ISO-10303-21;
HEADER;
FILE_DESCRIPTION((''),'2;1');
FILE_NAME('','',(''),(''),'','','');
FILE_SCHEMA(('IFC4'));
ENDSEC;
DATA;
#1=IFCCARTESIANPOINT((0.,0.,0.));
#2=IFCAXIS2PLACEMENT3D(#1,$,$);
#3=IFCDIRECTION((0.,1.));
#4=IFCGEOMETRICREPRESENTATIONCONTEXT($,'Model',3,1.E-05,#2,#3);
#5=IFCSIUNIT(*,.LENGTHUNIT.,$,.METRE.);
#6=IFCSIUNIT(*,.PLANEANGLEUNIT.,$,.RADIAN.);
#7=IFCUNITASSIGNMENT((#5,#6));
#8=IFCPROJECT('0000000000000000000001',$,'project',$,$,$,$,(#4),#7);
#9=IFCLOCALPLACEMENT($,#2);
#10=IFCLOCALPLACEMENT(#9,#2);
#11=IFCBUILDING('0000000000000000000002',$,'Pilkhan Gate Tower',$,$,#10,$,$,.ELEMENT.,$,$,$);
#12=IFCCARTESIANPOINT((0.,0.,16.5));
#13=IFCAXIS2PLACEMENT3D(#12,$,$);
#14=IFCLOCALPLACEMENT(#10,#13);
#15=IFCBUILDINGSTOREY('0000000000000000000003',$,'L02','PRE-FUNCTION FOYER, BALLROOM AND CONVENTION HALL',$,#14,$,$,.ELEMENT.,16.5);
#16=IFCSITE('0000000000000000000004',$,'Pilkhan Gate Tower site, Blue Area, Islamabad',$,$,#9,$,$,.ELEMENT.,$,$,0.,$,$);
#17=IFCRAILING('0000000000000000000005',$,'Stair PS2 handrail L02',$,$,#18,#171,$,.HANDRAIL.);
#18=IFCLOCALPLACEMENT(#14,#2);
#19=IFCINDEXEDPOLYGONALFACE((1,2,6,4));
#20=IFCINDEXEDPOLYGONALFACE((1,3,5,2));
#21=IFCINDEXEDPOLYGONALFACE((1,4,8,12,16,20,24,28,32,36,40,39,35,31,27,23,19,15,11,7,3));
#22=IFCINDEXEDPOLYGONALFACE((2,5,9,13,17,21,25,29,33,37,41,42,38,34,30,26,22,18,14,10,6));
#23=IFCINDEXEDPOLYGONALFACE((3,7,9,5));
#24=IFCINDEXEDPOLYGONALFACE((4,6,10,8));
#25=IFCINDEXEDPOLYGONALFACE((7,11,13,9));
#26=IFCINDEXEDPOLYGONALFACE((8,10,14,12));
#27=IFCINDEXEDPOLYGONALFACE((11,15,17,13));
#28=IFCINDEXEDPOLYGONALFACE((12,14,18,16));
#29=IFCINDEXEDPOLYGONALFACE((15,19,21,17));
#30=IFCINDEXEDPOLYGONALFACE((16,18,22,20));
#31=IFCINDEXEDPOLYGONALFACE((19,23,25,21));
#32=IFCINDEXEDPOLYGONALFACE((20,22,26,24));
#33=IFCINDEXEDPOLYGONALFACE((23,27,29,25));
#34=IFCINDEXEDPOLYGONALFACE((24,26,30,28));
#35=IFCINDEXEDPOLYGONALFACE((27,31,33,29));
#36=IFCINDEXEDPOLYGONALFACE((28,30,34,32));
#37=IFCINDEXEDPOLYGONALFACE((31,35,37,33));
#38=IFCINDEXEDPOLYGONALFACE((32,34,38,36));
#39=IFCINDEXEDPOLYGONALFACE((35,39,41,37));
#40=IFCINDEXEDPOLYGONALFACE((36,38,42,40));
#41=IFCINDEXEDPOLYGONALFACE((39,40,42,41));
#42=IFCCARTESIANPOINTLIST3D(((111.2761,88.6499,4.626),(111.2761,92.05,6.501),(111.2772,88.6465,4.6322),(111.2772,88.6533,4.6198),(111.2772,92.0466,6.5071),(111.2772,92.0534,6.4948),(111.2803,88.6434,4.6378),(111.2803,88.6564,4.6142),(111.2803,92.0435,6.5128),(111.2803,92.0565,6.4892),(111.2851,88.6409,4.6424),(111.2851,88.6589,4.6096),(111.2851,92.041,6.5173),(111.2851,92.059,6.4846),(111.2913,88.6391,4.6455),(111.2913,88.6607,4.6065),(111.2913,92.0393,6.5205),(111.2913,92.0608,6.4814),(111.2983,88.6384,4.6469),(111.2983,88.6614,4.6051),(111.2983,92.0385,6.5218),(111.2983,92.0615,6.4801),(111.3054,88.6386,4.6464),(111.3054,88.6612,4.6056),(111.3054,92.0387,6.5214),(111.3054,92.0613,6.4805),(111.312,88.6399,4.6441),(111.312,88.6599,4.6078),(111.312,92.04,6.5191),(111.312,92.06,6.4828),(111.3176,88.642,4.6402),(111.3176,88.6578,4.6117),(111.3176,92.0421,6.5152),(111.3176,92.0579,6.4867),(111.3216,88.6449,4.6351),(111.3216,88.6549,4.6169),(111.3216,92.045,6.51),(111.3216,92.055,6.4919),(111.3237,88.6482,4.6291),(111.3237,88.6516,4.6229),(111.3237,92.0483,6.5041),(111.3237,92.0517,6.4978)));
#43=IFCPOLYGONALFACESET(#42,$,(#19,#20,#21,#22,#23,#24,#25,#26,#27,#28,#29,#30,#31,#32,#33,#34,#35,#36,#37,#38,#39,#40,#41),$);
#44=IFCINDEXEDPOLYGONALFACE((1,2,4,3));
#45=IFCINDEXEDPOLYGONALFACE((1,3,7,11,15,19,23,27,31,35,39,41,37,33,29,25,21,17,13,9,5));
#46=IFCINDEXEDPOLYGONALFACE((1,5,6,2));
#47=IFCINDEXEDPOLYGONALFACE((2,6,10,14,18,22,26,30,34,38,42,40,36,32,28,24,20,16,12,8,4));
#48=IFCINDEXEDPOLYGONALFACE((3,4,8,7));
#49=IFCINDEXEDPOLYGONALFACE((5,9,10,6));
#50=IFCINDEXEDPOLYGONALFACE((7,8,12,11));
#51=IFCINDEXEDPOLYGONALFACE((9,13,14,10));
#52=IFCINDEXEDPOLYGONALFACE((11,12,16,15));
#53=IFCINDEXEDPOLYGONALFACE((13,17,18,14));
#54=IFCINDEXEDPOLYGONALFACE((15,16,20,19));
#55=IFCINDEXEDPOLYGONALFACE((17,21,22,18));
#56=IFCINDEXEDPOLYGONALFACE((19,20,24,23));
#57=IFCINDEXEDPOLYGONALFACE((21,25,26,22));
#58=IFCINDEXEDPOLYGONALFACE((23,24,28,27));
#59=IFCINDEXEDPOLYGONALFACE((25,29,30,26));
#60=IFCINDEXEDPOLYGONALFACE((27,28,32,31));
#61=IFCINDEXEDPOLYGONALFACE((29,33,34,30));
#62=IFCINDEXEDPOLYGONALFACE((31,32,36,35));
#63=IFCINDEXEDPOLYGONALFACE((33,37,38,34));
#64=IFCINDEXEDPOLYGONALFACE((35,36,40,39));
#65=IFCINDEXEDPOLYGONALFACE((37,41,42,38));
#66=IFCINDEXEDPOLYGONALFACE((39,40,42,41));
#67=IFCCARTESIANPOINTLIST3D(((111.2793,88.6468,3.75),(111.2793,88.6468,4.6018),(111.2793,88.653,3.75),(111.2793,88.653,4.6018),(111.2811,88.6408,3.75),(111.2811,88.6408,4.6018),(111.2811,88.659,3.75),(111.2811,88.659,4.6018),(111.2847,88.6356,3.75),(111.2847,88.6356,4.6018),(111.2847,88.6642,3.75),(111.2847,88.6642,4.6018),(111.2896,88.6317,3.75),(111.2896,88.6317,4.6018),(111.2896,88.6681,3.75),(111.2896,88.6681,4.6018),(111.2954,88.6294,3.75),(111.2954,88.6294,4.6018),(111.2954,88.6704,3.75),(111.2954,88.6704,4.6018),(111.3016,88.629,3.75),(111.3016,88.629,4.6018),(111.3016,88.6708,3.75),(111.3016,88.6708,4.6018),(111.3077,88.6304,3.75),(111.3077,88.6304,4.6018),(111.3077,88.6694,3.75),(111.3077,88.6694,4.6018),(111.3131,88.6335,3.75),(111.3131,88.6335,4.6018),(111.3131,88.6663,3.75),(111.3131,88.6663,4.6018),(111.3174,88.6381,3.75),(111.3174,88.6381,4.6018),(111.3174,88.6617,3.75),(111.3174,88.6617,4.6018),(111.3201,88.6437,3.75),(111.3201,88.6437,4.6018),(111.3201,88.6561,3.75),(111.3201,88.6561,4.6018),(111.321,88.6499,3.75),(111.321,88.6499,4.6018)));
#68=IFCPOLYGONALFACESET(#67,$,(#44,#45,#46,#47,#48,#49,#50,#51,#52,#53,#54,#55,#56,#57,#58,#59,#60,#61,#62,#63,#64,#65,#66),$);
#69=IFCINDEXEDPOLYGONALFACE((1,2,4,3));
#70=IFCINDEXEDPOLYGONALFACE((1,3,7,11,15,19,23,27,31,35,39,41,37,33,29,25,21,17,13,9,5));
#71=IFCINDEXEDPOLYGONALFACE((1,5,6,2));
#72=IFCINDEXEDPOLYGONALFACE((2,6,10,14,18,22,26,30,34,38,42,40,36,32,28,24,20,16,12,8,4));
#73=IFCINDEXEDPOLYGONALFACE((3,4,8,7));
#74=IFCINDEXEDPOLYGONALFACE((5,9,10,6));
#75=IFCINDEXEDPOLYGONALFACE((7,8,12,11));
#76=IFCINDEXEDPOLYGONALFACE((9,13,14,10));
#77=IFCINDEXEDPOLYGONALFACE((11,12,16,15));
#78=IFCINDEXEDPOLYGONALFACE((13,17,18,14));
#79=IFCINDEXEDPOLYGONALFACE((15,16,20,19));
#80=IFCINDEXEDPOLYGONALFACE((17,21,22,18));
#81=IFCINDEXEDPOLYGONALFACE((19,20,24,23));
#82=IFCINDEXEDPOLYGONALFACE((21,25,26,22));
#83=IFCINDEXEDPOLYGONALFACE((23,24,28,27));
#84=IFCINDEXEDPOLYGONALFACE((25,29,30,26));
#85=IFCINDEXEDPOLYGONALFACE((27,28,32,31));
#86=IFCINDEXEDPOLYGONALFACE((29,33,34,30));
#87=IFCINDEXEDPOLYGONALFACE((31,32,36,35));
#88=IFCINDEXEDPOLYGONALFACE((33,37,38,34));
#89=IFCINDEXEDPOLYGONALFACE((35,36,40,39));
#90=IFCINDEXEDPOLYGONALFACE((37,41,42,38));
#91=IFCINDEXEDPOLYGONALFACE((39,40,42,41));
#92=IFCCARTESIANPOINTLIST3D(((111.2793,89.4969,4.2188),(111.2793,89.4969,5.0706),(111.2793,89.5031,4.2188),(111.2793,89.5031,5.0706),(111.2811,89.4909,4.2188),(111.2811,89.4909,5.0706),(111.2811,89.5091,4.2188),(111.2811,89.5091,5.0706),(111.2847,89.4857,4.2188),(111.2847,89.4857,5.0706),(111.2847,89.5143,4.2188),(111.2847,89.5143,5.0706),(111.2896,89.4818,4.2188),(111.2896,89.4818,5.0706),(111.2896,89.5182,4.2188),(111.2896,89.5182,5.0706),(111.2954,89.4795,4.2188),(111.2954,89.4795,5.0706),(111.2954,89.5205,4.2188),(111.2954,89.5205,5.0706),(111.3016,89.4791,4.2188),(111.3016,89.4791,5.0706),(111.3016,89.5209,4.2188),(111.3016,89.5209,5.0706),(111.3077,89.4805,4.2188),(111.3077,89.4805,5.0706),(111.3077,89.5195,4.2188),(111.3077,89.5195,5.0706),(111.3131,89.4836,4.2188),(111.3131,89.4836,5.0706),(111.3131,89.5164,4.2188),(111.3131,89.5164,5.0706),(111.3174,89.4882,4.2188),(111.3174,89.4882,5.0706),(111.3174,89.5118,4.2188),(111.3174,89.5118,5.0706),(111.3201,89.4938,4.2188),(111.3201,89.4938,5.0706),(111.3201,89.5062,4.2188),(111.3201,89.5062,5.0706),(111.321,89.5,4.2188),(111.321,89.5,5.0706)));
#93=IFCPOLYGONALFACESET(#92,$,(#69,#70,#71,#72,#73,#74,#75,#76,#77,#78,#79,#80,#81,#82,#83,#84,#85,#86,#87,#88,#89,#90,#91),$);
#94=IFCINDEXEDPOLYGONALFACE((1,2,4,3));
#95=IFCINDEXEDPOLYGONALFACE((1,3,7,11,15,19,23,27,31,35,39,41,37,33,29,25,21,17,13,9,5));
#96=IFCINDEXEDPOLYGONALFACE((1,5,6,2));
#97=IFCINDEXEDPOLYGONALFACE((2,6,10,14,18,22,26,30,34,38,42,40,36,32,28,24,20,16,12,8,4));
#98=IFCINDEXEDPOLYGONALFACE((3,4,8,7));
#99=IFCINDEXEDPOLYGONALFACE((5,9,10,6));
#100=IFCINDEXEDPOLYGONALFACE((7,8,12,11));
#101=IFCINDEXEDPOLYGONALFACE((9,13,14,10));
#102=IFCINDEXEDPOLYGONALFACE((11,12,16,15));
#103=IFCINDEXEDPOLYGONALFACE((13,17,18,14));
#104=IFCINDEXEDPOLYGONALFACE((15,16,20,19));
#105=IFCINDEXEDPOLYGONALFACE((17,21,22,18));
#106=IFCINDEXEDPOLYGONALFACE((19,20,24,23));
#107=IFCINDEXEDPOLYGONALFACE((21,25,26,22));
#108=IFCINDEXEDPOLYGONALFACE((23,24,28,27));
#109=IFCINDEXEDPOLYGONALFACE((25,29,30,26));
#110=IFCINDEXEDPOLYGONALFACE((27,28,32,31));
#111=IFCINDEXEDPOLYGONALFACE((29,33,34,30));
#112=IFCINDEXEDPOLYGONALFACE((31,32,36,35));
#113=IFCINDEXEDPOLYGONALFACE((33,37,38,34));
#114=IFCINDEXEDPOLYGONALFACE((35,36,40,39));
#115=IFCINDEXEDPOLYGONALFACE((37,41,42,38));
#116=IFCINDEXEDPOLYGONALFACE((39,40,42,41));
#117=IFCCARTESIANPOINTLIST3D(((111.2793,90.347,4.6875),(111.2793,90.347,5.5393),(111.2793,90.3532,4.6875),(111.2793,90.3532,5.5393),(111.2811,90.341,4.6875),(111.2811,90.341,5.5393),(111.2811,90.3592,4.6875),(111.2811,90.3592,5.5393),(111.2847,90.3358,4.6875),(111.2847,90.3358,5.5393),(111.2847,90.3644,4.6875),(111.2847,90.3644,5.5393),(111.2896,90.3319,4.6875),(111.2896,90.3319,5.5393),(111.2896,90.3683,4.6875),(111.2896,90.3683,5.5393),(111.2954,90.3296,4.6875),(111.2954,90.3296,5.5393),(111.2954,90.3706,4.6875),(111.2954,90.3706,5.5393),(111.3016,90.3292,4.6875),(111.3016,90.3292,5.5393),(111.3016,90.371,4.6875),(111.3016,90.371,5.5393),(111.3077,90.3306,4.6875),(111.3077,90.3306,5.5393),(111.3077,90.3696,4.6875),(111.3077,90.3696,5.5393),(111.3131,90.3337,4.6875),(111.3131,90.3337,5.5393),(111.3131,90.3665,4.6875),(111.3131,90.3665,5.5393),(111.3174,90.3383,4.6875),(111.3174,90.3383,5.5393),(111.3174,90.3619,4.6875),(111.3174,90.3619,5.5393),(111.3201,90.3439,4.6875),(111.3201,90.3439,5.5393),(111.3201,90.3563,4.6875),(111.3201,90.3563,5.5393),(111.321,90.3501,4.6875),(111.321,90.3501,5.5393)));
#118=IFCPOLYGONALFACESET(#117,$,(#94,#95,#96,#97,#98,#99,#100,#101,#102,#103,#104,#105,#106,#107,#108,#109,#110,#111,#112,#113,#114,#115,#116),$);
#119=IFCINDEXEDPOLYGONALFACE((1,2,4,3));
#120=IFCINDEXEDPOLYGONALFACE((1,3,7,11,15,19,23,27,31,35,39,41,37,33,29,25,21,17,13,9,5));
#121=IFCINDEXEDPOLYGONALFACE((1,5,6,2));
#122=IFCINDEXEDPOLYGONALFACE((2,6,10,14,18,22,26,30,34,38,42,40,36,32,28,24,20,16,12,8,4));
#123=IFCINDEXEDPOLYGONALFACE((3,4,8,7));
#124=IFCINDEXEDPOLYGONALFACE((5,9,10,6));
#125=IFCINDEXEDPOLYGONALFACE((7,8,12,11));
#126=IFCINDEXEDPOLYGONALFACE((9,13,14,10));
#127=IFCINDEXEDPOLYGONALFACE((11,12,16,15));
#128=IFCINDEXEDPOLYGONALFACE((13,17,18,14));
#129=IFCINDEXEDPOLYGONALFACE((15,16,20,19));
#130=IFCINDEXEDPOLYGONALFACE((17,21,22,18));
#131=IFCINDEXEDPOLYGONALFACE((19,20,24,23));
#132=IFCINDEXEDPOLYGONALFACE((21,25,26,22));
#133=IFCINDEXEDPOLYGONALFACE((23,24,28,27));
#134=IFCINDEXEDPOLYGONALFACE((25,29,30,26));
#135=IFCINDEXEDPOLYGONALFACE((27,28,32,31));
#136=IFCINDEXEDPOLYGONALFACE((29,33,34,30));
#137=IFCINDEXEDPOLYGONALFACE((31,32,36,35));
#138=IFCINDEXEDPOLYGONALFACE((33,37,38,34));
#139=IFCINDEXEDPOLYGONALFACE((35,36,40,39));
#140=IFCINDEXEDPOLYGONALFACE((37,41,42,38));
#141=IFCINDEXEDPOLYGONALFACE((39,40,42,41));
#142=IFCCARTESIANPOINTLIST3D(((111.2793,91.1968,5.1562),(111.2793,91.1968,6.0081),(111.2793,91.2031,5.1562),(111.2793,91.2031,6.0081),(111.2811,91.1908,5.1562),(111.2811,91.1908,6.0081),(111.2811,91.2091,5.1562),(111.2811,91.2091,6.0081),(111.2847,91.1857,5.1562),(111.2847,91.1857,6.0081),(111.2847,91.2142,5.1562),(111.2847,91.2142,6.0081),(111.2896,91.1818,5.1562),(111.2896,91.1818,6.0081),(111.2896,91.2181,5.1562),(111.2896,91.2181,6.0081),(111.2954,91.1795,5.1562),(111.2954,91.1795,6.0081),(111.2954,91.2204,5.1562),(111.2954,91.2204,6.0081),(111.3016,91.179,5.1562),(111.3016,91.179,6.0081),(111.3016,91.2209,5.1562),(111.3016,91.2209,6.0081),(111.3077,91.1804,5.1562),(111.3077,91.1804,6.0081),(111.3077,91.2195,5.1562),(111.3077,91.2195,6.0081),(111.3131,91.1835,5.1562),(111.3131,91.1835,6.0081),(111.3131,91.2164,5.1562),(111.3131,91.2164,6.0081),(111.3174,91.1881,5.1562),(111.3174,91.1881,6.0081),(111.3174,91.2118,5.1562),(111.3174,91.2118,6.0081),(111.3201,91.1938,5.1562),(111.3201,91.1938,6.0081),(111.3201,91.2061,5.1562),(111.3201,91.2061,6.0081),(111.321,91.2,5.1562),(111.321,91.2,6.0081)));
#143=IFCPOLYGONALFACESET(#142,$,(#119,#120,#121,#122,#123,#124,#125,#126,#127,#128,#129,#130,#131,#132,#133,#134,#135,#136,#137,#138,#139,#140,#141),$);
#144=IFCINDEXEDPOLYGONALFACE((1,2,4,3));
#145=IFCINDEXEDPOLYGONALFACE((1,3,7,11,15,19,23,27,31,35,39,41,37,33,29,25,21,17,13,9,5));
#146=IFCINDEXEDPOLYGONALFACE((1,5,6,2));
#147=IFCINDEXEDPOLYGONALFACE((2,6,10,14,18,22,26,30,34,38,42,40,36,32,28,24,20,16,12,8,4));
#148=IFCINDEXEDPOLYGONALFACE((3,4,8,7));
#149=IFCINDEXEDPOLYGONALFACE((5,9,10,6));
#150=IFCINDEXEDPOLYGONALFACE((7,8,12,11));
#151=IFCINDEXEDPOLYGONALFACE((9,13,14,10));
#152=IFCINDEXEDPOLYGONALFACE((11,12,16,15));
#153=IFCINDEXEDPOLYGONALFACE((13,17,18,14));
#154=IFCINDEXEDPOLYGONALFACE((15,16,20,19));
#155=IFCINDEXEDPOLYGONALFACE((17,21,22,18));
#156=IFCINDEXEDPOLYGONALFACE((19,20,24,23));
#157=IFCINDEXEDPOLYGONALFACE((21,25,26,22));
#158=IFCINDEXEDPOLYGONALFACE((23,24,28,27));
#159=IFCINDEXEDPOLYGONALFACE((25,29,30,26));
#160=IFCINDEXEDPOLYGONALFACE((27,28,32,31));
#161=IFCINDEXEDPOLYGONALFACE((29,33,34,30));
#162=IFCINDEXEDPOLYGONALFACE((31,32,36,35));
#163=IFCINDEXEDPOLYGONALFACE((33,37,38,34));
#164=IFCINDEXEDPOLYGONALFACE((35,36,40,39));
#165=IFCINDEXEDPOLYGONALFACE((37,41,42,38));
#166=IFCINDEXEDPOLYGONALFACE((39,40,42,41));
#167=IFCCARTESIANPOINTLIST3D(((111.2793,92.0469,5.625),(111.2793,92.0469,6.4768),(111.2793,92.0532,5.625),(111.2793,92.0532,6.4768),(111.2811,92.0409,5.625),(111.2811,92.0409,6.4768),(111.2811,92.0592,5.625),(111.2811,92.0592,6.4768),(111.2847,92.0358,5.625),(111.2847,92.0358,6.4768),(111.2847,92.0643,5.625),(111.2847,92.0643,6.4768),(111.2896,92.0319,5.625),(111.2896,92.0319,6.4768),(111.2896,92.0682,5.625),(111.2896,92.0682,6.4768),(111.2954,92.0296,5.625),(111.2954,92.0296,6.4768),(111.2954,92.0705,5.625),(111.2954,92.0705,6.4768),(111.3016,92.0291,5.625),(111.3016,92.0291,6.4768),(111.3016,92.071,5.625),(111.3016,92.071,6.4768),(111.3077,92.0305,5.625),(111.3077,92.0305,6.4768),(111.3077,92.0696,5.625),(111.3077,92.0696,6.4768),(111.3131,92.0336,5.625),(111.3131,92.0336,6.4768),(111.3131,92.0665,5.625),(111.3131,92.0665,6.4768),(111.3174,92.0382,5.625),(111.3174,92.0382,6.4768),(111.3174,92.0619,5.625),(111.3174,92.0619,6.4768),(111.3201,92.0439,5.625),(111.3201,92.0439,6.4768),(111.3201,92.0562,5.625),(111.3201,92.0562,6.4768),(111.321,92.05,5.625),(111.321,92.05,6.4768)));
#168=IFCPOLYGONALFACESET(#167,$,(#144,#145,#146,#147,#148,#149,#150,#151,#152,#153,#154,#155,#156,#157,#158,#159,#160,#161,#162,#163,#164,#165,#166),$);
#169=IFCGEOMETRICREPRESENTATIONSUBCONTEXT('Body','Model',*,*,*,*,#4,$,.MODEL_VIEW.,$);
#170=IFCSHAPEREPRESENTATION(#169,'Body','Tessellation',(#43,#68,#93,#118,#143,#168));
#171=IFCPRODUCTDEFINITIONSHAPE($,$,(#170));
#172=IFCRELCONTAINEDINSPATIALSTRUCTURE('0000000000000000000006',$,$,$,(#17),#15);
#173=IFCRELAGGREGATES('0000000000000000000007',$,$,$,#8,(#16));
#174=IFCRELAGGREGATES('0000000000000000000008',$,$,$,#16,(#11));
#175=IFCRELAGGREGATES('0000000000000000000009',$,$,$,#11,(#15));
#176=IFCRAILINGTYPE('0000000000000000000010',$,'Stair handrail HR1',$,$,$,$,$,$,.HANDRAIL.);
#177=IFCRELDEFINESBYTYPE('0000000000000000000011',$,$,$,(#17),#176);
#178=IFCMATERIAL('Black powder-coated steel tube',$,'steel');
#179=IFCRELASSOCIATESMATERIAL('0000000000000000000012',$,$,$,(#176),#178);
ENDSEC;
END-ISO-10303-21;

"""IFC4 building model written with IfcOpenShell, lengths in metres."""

from ifc_helpers import new_model, si_unit, direction, frame, origin, origin_2d, place, context, subcontext, project, spatial, circle, extrude, material, type_object, element, save


model = new_model("IFC4")

# Units and contexts
model_context = context("Model", 3, precision=1e-05, world=origin(), true_north=direction((0.0, 1.0)))
body_context = subcontext(model_context, "Body", "Model", "MODEL_VIEW")
ifc_project = project(units=[si_unit("LENGTHUNIT", "METRE"), si_unit("PLANEANGLEUNIT", "RADIAN")], contexts=[model_context])

# Site, building, storey
site_placement = place(None, origin())
site = spatial("IfcSite", under=ifc_project, at=site_placement, Name="Pilkhan Gate Tower site, Blue Area, Islamabad", CompositionType="ELEMENT", RefElevation=0.0)
building_placement = place(site_placement, origin())
building = spatial("IfcBuilding", under=site, at=building_placement, Name="Pilkhan Gate Tower", CompositionType="ELEMENT")
storey_placement = place(building_placement, frame((0.0, 0.0, 16.5)))
storey = spatial("IfcBuildingStorey", under=building, at=storey_placement, Name="L02", Description="PRE-FUNCTION FOYER, BALLROOM AND CONVENTION HALL", CompositionType="ELEMENT", Elevation=16.5)

# Railing
ifc_material_1 = material(Name="Black powder-coated steel tube", Category="steel")
railing_type_1 = type_object("IfcRailingType", Name="Stair handrail HR1", PredefinedType="HANDRAIL", material=ifc_material_1)
for number, where, name in (
    (1, (111.3, 88.6499, 3.75), "Stair PS2 handrail L02"),
):
    element("IfcRailing", number, at=place(storey_placement, frame(where)), inside=storey, type_object=railing_type_1, Name=name, PredefinedType="HANDRAIL", context=body_context, shape_type="SweptSolid", body=[
        extrude(circle(Radius=0.0239, at=origin_2d()), frame((0.0, 0.0, 0.876), z_axis=(0.0, 0.87568, 0.482891), x_axis=(-1.0, 0.0, 0.0)), (0.0, 0.0, 1.0), 3.8828),
        extrude(circle(Radius=0.021, at=origin_2d()), origin(), (0.0, 0.0, 1.0), 0.8518),
        extrude(circle(Radius=0.021, at=origin_2d()), frame((0.0, 0.8501, 0.4688)), (0.0, 0.0, 1.0), 0.8518),
        extrude(circle(Radius=0.021, at=origin_2d()), frame((0.0, 1.7002, 0.9375)), (0.0, 0.0, 1.0), 0.8518),
        extrude(circle(Radius=0.021, at=origin_2d()), frame((0.0, 2.55, 1.4062)), (0.0, 0.0, 1.0), 0.8518),
        extrude(circle(Radius=0.021, at=origin_2d()), frame((0.0, 3.4001, 1.875)), (0.0, 0.0, 1.0), 0.8518),
    ])

save(model, "model.ifc")
